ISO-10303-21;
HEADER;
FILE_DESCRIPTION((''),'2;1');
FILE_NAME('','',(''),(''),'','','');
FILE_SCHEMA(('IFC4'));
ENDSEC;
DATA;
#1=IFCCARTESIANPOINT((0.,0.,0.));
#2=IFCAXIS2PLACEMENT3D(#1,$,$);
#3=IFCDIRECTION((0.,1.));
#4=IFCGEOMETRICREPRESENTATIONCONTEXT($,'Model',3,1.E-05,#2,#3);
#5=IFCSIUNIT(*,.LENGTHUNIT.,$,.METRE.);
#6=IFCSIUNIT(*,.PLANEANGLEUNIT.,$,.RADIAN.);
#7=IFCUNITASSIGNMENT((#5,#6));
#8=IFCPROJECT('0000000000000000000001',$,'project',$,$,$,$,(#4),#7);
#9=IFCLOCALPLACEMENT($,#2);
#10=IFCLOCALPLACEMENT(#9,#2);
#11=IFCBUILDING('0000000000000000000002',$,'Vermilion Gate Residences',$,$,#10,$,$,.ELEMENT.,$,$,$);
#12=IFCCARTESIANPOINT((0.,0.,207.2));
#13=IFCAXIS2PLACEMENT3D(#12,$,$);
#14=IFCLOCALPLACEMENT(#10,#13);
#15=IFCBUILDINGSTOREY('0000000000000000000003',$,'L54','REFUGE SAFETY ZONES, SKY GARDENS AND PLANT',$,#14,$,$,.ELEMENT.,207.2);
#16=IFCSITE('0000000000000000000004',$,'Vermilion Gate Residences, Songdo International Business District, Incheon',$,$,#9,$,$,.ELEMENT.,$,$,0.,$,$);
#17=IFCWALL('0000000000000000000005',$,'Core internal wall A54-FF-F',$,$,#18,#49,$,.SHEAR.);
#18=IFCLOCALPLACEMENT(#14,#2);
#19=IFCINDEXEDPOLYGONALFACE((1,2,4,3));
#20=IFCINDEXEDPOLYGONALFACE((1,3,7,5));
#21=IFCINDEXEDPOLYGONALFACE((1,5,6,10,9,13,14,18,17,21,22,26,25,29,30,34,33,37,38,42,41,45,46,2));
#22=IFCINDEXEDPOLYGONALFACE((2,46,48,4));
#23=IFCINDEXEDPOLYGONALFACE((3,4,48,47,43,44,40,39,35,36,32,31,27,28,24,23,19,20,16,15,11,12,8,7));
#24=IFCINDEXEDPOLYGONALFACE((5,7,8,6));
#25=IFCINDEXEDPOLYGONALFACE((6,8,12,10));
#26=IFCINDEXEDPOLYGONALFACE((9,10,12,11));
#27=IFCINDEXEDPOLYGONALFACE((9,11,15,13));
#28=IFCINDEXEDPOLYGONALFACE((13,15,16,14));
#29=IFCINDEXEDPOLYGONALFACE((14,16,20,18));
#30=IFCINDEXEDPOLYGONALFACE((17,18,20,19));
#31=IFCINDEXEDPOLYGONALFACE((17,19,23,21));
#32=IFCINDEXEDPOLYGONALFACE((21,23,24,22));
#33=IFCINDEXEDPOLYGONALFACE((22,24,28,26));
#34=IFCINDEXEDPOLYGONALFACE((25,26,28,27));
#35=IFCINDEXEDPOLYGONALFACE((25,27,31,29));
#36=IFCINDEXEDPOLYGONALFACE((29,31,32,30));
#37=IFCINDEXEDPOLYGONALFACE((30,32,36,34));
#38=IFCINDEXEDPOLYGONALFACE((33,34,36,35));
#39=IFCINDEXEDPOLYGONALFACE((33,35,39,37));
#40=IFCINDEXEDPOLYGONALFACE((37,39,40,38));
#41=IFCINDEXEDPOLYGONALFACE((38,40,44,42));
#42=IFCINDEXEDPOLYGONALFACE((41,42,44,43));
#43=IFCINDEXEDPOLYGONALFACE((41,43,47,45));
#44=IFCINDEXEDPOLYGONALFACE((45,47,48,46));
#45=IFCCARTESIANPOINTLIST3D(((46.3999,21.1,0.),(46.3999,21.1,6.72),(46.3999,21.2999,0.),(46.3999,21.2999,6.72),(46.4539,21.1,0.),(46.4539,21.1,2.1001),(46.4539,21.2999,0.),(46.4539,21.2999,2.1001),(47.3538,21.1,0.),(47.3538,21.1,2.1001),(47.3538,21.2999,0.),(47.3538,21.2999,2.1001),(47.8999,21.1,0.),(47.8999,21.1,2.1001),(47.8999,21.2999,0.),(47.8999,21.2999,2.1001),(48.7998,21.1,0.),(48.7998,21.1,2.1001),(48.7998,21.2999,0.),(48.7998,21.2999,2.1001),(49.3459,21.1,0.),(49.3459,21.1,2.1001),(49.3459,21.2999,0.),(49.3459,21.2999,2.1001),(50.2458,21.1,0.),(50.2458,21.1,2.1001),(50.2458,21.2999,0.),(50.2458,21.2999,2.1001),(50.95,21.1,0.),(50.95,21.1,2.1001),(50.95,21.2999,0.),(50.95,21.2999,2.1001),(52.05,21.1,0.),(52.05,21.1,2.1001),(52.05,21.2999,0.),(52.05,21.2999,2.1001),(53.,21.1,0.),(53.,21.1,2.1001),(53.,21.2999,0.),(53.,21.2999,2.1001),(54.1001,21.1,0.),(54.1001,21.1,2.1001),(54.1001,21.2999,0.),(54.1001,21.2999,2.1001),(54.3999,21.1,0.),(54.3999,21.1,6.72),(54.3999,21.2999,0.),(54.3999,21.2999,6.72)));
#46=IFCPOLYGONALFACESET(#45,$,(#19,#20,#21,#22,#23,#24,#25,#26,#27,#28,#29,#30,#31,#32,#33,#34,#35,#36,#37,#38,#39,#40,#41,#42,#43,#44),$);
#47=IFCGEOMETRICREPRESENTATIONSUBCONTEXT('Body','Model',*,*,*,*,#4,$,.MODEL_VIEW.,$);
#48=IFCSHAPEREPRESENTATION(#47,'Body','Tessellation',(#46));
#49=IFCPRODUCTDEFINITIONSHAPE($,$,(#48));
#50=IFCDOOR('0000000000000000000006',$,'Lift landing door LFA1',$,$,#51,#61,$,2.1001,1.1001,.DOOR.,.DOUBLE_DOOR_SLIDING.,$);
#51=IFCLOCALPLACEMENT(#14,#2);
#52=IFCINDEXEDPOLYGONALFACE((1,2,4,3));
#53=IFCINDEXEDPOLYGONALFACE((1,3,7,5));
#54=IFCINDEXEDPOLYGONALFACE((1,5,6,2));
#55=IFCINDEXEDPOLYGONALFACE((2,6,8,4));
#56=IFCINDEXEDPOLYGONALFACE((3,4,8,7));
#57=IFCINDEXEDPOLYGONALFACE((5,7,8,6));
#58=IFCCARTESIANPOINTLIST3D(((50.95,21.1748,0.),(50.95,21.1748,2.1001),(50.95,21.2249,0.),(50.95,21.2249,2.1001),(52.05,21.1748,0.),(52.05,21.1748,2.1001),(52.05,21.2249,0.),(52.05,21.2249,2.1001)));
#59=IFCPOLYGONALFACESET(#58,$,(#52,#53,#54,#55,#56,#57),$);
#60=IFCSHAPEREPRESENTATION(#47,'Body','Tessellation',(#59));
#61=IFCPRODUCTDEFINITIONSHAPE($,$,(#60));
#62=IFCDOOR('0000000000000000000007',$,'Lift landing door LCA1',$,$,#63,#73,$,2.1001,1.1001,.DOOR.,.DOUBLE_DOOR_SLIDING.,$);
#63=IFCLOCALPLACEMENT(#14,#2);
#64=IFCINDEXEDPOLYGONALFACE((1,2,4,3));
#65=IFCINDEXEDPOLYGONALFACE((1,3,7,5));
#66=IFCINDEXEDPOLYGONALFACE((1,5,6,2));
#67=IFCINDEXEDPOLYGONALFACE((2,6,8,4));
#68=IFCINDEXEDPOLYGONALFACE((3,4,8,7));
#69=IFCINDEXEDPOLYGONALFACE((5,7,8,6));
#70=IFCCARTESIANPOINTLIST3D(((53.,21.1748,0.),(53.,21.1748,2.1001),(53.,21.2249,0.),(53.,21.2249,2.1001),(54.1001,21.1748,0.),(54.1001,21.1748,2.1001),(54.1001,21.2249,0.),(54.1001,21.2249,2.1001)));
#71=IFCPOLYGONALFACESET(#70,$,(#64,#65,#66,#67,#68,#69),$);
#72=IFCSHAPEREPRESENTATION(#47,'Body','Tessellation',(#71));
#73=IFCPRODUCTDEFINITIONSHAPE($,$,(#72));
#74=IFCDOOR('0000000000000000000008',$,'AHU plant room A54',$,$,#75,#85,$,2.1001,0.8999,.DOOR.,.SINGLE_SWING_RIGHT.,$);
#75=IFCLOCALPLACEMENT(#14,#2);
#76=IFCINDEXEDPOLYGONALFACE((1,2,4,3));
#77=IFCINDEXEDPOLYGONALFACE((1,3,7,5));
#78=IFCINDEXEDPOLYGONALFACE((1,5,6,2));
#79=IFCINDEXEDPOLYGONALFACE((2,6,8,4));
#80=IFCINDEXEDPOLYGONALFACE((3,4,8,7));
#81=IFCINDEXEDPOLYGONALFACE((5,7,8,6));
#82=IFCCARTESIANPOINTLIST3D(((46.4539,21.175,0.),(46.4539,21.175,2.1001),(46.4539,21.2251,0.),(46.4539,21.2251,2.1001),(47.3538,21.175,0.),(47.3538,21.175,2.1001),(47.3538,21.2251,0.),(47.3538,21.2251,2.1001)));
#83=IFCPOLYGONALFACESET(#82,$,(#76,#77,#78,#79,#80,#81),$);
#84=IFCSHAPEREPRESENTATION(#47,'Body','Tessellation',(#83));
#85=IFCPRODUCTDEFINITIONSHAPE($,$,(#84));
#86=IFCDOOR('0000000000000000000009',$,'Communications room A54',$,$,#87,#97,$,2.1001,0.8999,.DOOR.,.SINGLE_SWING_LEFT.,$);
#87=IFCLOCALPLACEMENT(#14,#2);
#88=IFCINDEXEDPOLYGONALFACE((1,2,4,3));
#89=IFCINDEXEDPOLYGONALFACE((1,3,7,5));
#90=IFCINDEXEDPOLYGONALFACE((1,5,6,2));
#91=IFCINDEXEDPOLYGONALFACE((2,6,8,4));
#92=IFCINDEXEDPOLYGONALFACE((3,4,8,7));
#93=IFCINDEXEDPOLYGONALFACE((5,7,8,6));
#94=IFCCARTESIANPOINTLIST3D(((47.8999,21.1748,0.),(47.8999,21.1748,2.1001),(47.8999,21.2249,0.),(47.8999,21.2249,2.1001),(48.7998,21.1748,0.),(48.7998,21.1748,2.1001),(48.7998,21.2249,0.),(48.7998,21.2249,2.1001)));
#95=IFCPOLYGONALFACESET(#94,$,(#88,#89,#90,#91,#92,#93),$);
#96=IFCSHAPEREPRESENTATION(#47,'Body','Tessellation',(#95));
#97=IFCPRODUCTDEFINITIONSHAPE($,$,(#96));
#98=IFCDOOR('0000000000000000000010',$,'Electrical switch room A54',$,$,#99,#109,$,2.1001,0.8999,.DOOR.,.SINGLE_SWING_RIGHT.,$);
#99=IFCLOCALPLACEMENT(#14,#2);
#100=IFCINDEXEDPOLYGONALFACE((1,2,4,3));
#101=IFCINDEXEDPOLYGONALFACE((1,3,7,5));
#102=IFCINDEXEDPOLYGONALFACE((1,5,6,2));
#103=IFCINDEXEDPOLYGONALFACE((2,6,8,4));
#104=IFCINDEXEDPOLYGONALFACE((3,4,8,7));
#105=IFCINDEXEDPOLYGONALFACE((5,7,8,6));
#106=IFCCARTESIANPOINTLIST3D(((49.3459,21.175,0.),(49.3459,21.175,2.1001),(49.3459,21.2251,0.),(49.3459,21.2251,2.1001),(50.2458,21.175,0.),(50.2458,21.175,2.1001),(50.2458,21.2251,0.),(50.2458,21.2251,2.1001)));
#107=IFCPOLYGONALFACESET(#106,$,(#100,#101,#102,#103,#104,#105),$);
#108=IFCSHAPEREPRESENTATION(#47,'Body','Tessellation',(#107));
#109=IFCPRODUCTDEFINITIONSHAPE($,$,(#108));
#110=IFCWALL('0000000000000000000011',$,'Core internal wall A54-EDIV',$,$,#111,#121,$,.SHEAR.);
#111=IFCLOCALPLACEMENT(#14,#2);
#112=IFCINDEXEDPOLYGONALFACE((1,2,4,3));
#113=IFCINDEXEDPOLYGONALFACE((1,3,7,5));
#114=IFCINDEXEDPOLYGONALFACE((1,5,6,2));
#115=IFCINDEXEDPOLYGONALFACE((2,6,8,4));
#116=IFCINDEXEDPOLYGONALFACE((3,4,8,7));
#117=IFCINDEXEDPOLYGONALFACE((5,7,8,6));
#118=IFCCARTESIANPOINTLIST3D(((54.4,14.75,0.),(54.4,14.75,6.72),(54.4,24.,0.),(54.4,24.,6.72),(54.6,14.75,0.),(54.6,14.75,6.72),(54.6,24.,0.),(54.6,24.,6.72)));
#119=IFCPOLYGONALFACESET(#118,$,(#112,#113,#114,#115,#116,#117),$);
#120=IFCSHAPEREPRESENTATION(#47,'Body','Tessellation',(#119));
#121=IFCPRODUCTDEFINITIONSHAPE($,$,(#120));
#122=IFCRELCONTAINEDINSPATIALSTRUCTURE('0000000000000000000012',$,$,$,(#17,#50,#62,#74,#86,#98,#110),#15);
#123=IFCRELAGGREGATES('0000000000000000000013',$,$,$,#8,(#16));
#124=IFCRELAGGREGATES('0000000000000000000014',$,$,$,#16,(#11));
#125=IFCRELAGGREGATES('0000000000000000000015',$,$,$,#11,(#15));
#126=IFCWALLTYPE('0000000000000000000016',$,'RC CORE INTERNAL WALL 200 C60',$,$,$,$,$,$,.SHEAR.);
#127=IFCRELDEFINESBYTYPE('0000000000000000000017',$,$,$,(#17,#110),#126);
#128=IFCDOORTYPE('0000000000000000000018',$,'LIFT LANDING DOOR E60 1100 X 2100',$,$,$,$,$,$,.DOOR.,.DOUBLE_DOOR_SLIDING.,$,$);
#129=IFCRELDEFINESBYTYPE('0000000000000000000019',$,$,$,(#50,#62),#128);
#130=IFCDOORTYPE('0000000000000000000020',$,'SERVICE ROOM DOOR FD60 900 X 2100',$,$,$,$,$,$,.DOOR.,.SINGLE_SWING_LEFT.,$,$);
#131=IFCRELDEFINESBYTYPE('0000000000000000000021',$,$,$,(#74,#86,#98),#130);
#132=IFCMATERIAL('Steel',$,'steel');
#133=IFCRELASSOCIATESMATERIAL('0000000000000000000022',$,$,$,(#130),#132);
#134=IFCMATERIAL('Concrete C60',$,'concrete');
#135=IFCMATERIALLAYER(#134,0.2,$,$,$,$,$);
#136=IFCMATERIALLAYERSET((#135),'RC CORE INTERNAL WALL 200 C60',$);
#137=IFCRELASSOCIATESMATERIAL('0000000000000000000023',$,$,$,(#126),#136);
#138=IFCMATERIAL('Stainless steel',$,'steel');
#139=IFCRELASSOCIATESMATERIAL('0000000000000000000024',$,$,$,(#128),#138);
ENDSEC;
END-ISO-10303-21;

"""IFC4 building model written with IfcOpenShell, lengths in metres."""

from ifc_helpers import new_model, si_unit, direction, frame, frame_2d, origin, place, context, subcontext, project, spatial, rectangle, extrude, material, layer, layer_set, type_object, element, fill, save


model = new_model("IFC4")

# Units and contexts
model_context = context("Model", 3, precision=1e-05, world=origin(), true_north=direction((0.0, 1.0)))
body_context = subcontext(model_context, "Body", "Model", "MODEL_VIEW")
ifc_project = project(units=[si_unit("LENGTHUNIT", "METRE"), si_unit("PLANEANGLEUNIT", "RADIAN")], contexts=[model_context])

# Site, building, storey
site_placement = place(None, origin())
site = spatial("IfcSite", under=ifc_project, at=site_placement, Name="Vermilion Gate Residences, Songdo International Business District, Incheon", CompositionType="ELEMENT", RefElevation=0.0)
building_placement = place(site_placement, origin())
building = spatial("IfcBuilding", under=site, at=building_placement, Name="Vermilion Gate Residences", CompositionType="ELEMENT")
storey_placement = place(building_placement, frame((0.0, 0.0, 207.2)))
storey = spatial("IfcBuildingStorey", under=building, at=storey_placement, Name="L54", Description="REFUGE SAFETY ZONES, SKY GARDENS AND PLANT", CompositionType="ELEMENT", Elevation=207.2)

# Shared definitions
ifc_material_1 = material(Name="Steel", Category="steel")
door_type_1 = type_object("IfcDoorType", Name="SERVICE ROOM DOOR FD60 900 X 2100", OperationType="SINGLE_SWING_LEFT", PredefinedType="DOOR", material=ifc_material_1)

# Shared definitions
ifc_material_2 = material(Name="Concrete C60", Category="concrete")
ifc_layer_1 = layer(ifc_material_2, 0.2)
ifc_layer_set_1 = layer_set([ifc_layer_1], Name="RC CORE INTERNAL WALL 200 C60")
wall_type_1 = type_object("IfcWallType", Name="RC CORE INTERNAL WALL 200 C60", PredefinedType="SHEAR", material=ifc_layer_set_1)

# Wall, openings, doors
wall_1_placement = place(storey_placement, frame((46.3999, 21.2, 0.0), z_axis=(0.0, 0.0, 1.0), x_axis=(1.0, 0.0, 0.0)))
wall_1 = element("IfcWall", 1, at=wall_1_placement, inside=storey, type_object=wall_type_1, Name="Core internal wall A54-FF-F", PredefinedType="SHEAR", context=body_context, shape_type="SweptSolid", body=[
    extrude(rectangle(XDim=8.0, YDim=0.2, at=frame_2d((4.0, 0.0))), origin(), (0.0, 0.0, 1.0), 6.72),
])
opening_1_placement = place(wall_1_placement, frame((0.054, 0.0, 0.0)))
opening_1 = element("IfcOpeningElement", 2, at=opening_1_placement, cuts=wall_1, PredefinedType="OPENING", context=body_context, shape_type="SweptSolid", body=[
    extrude(rectangle(XDim=0.8999, YDim=2.1001, at=frame_2d((0.45, 1.05))), frame((0.0, 0.1099, 0.0), z_axis=(0.0, -1.0, 0.0), x_axis=(1.0, 0.0, 0.0)), (0.0, 0.0, 1.0), 0.22),
])
opening_2_placement = place(wall_1_placement, frame((1.5, 0.0, 0.0)))
opening_2 = element("IfcOpeningElement", 3, at=opening_2_placement, cuts=wall_1, PredefinedType="OPENING", context=body_context, shape_type="SweptSolid", body=[
    extrude(rectangle(XDim=0.8999, YDim=2.1001, at=frame_2d((0.45, 1.05))), frame((0.0, 0.1099, 0.0), z_axis=(0.0, -1.0, 0.0), x_axis=(1.0, 0.0, 0.0)), (0.0, 0.0, 1.0), 0.22),
])
opening_3_placement = place(wall_1_placement, frame((2.946, 0.0, 0.0)))
opening_3 = element("IfcOpeningElement", 4, at=opening_3_placement, cuts=wall_1, PredefinedType="OPENING", context=body_context, shape_type="SweptSolid", body=[
    extrude(rectangle(XDim=0.8999, YDim=2.1001, at=frame_2d((0.45, 1.05))), frame((0.0, 0.1099, 0.0), z_axis=(0.0, -1.0, 0.0), x_axis=(1.0, 0.0, 0.0)), (0.0, 0.0, 1.0), 0.22),
])
opening_4_placement = place(wall_1_placement, frame((4.55, 0.0, 0.0)))
opening_4 = element("IfcOpeningElement", 5, at=opening_4_placement, cuts=wall_1, PredefinedType="OPENING", context=body_context, shape_type="SweptSolid", body=[
    extrude(rectangle(XDim=1.1001, YDim=2.1001, at=frame_2d((0.55, 1.05))), frame((0.0, 0.1099, 0.0), z_axis=(0.0, -1.0, 0.0), x_axis=(1.0, 0.0, 0.0)), (0.0, 0.0, 1.0), 0.22),
])
opening_5_placement = place(wall_1_placement, frame((6.6001, 0.0, 0.0)))
opening_5 = element("IfcOpeningElement", 6, at=opening_5_placement, cuts=wall_1, PredefinedType="OPENING", context=body_context, shape_type="SweptSolid", body=[
    extrude(rectangle(XDim=1.1001, YDim=2.1001, at=frame_2d((0.55, 1.05))), frame((0.0, 0.1099, 0.0), z_axis=(0.0, -1.0, 0.0), x_axis=(1.0, 0.0, 0.0)), (0.0, 0.0, 1.0), 0.22),
])
ifc_material_3 = material(Name="Stainless steel", Category="steel")
door_type_2 = type_object("IfcDoorType", Name="LIFT LANDING DOOR E60 1100 X 2100", OperationType="DOUBLE_DOOR_SLIDING", PredefinedType="DOOR", material=ifc_material_3)
door_1_placement = place(opening_4_placement, origin())
door_1 = element("IfcDoor", 7, at=door_1_placement, inside=storey, type_object=door_type_2, Name="Lift landing door LFA1", OperationType="DOUBLE_DOOR_SLIDING", OverallHeight=2.1001, OverallWidth=1.1001, PredefinedType="DOOR", context=body_context, shape_type="SweptSolid", body=[
    extrude(rectangle(XDim=1.1001, YDim=2.1001, at=frame_2d((0.55, 1.05))), frame((0.0, 0.0249, 0.0), z_axis=(0.0, -1.0, 0.0), x_axis=(1.0, 0.0, 0.0)), (0.0, 0.0, 1.0), 0.05),
])
fill(opening_4, door_1)
door_2_placement = place(opening_5_placement, origin())
door_2 = element("IfcDoor", 8, at=door_2_placement, inside=storey, type_object=door_type_2, Name="Lift landing door LCA1", OperationType="DOUBLE_DOOR_SLIDING", OverallHeight=2.1001, OverallWidth=1.1001, PredefinedType="DOOR", context=body_context, shape_type="SweptSolid", body=[
    extrude(rectangle(XDim=1.1001, YDim=2.1001, at=frame_2d((0.55, 1.05))), frame((0.0, 0.0249, 0.0), z_axis=(0.0, -1.0, 0.0), x_axis=(1.0, 0.0, 0.0)), (0.0, 0.0, 1.0), 0.05),
])
fill(opening_5, door_2)
door_3_placement = place(opening_1_placement, frame((0.8999, 0.0, 0.0), z_axis=(0.0, 0.0, 1.0), x_axis=(-1.0, 0.0, 0.0)))
door_3 = element("IfcDoor", 9, at=door_3_placement, inside=storey, type_object=door_type_1, Name="AHU plant room A54", OperationType="SINGLE_SWING_RIGHT", OverallHeight=2.1001, OverallWidth=0.8999, PredefinedType="DOOR", context=body_context, shape_type="SweptSolid", body=[
    extrude(rectangle(XDim=0.8999, YDim=2.1001, at=frame_2d((0.45, 1.05))), frame((0.0, 0.0249, 0.0), z_axis=(0.0, -1.0, 0.0), x_axis=(1.0, 0.0, 0.0)), (0.0, 0.0, 1.0), 0.05),
])
fill(opening_1, door_3)
door_4_placement = place(opening_2_placement, origin())
door_4 = element("IfcDoor", 10, at=door_4_placement, inside=storey, type_object=door_type_1, Name="Communications room A54", OperationType="SINGLE_SWING_LEFT", OverallHeight=2.1001, OverallWidth=0.8999, PredefinedType="DOOR", context=body_context, shape_type="SweptSolid", body=[
    extrude(rectangle(XDim=0.8999, YDim=2.1001, at=frame_2d((0.45, 1.05))), frame((0.0, 0.0249, 0.0), z_axis=(0.0, -1.0, 0.0), x_axis=(1.0, 0.0, 0.0)), (0.0, 0.0, 1.0), 0.05),
])
fill(opening_2, door_4)
door_5_placement = place(opening_3_placement, frame((0.8999, 0.0, 0.0), z_axis=(0.0, 0.0, 1.0), x_axis=(-1.0, 0.0, 0.0)))
door_5 = element("IfcDoor", 11, at=door_5_placement, inside=storey, type_object=door_type_1, Name="Electrical switch room A54", OperationType="SINGLE_SWING_RIGHT", OverallHeight=2.1001, OverallWidth=0.8999, PredefinedType="DOOR", context=body_context, shape_type="SweptSolid", body=[
    extrude(rectangle(XDim=0.8999, YDim=2.1001, at=frame_2d((0.45, 1.05))), frame((0.0, 0.0249, 0.0), z_axis=(0.0, -1.0, 0.0), x_axis=(1.0, 0.0, 0.0)), (0.0, 0.0, 1.0), 0.05),
])
fill(opening_3, door_5)

# Wall
wall_2_placement = place(storey_placement, frame((54.5, 14.75, 0.0), z_axis=(0.0, 0.0, 1.0), x_axis=(0.0, 1.0, 0.0)))
element("IfcWall", 12, at=wall_2_placement, inside=storey, type_object=wall_type_1, Name="Core internal wall A54-EDIV", PredefinedType="SHEAR", context=body_context, shape_type="SweptSolid", body=[
    extrude(rectangle(XDim=9.25, YDim=0.2, at=frame_2d((4.625, 0.0))), origin(), (0.0, 0.0, 1.0), 6.72),
])

save(model, "model.ifc")
